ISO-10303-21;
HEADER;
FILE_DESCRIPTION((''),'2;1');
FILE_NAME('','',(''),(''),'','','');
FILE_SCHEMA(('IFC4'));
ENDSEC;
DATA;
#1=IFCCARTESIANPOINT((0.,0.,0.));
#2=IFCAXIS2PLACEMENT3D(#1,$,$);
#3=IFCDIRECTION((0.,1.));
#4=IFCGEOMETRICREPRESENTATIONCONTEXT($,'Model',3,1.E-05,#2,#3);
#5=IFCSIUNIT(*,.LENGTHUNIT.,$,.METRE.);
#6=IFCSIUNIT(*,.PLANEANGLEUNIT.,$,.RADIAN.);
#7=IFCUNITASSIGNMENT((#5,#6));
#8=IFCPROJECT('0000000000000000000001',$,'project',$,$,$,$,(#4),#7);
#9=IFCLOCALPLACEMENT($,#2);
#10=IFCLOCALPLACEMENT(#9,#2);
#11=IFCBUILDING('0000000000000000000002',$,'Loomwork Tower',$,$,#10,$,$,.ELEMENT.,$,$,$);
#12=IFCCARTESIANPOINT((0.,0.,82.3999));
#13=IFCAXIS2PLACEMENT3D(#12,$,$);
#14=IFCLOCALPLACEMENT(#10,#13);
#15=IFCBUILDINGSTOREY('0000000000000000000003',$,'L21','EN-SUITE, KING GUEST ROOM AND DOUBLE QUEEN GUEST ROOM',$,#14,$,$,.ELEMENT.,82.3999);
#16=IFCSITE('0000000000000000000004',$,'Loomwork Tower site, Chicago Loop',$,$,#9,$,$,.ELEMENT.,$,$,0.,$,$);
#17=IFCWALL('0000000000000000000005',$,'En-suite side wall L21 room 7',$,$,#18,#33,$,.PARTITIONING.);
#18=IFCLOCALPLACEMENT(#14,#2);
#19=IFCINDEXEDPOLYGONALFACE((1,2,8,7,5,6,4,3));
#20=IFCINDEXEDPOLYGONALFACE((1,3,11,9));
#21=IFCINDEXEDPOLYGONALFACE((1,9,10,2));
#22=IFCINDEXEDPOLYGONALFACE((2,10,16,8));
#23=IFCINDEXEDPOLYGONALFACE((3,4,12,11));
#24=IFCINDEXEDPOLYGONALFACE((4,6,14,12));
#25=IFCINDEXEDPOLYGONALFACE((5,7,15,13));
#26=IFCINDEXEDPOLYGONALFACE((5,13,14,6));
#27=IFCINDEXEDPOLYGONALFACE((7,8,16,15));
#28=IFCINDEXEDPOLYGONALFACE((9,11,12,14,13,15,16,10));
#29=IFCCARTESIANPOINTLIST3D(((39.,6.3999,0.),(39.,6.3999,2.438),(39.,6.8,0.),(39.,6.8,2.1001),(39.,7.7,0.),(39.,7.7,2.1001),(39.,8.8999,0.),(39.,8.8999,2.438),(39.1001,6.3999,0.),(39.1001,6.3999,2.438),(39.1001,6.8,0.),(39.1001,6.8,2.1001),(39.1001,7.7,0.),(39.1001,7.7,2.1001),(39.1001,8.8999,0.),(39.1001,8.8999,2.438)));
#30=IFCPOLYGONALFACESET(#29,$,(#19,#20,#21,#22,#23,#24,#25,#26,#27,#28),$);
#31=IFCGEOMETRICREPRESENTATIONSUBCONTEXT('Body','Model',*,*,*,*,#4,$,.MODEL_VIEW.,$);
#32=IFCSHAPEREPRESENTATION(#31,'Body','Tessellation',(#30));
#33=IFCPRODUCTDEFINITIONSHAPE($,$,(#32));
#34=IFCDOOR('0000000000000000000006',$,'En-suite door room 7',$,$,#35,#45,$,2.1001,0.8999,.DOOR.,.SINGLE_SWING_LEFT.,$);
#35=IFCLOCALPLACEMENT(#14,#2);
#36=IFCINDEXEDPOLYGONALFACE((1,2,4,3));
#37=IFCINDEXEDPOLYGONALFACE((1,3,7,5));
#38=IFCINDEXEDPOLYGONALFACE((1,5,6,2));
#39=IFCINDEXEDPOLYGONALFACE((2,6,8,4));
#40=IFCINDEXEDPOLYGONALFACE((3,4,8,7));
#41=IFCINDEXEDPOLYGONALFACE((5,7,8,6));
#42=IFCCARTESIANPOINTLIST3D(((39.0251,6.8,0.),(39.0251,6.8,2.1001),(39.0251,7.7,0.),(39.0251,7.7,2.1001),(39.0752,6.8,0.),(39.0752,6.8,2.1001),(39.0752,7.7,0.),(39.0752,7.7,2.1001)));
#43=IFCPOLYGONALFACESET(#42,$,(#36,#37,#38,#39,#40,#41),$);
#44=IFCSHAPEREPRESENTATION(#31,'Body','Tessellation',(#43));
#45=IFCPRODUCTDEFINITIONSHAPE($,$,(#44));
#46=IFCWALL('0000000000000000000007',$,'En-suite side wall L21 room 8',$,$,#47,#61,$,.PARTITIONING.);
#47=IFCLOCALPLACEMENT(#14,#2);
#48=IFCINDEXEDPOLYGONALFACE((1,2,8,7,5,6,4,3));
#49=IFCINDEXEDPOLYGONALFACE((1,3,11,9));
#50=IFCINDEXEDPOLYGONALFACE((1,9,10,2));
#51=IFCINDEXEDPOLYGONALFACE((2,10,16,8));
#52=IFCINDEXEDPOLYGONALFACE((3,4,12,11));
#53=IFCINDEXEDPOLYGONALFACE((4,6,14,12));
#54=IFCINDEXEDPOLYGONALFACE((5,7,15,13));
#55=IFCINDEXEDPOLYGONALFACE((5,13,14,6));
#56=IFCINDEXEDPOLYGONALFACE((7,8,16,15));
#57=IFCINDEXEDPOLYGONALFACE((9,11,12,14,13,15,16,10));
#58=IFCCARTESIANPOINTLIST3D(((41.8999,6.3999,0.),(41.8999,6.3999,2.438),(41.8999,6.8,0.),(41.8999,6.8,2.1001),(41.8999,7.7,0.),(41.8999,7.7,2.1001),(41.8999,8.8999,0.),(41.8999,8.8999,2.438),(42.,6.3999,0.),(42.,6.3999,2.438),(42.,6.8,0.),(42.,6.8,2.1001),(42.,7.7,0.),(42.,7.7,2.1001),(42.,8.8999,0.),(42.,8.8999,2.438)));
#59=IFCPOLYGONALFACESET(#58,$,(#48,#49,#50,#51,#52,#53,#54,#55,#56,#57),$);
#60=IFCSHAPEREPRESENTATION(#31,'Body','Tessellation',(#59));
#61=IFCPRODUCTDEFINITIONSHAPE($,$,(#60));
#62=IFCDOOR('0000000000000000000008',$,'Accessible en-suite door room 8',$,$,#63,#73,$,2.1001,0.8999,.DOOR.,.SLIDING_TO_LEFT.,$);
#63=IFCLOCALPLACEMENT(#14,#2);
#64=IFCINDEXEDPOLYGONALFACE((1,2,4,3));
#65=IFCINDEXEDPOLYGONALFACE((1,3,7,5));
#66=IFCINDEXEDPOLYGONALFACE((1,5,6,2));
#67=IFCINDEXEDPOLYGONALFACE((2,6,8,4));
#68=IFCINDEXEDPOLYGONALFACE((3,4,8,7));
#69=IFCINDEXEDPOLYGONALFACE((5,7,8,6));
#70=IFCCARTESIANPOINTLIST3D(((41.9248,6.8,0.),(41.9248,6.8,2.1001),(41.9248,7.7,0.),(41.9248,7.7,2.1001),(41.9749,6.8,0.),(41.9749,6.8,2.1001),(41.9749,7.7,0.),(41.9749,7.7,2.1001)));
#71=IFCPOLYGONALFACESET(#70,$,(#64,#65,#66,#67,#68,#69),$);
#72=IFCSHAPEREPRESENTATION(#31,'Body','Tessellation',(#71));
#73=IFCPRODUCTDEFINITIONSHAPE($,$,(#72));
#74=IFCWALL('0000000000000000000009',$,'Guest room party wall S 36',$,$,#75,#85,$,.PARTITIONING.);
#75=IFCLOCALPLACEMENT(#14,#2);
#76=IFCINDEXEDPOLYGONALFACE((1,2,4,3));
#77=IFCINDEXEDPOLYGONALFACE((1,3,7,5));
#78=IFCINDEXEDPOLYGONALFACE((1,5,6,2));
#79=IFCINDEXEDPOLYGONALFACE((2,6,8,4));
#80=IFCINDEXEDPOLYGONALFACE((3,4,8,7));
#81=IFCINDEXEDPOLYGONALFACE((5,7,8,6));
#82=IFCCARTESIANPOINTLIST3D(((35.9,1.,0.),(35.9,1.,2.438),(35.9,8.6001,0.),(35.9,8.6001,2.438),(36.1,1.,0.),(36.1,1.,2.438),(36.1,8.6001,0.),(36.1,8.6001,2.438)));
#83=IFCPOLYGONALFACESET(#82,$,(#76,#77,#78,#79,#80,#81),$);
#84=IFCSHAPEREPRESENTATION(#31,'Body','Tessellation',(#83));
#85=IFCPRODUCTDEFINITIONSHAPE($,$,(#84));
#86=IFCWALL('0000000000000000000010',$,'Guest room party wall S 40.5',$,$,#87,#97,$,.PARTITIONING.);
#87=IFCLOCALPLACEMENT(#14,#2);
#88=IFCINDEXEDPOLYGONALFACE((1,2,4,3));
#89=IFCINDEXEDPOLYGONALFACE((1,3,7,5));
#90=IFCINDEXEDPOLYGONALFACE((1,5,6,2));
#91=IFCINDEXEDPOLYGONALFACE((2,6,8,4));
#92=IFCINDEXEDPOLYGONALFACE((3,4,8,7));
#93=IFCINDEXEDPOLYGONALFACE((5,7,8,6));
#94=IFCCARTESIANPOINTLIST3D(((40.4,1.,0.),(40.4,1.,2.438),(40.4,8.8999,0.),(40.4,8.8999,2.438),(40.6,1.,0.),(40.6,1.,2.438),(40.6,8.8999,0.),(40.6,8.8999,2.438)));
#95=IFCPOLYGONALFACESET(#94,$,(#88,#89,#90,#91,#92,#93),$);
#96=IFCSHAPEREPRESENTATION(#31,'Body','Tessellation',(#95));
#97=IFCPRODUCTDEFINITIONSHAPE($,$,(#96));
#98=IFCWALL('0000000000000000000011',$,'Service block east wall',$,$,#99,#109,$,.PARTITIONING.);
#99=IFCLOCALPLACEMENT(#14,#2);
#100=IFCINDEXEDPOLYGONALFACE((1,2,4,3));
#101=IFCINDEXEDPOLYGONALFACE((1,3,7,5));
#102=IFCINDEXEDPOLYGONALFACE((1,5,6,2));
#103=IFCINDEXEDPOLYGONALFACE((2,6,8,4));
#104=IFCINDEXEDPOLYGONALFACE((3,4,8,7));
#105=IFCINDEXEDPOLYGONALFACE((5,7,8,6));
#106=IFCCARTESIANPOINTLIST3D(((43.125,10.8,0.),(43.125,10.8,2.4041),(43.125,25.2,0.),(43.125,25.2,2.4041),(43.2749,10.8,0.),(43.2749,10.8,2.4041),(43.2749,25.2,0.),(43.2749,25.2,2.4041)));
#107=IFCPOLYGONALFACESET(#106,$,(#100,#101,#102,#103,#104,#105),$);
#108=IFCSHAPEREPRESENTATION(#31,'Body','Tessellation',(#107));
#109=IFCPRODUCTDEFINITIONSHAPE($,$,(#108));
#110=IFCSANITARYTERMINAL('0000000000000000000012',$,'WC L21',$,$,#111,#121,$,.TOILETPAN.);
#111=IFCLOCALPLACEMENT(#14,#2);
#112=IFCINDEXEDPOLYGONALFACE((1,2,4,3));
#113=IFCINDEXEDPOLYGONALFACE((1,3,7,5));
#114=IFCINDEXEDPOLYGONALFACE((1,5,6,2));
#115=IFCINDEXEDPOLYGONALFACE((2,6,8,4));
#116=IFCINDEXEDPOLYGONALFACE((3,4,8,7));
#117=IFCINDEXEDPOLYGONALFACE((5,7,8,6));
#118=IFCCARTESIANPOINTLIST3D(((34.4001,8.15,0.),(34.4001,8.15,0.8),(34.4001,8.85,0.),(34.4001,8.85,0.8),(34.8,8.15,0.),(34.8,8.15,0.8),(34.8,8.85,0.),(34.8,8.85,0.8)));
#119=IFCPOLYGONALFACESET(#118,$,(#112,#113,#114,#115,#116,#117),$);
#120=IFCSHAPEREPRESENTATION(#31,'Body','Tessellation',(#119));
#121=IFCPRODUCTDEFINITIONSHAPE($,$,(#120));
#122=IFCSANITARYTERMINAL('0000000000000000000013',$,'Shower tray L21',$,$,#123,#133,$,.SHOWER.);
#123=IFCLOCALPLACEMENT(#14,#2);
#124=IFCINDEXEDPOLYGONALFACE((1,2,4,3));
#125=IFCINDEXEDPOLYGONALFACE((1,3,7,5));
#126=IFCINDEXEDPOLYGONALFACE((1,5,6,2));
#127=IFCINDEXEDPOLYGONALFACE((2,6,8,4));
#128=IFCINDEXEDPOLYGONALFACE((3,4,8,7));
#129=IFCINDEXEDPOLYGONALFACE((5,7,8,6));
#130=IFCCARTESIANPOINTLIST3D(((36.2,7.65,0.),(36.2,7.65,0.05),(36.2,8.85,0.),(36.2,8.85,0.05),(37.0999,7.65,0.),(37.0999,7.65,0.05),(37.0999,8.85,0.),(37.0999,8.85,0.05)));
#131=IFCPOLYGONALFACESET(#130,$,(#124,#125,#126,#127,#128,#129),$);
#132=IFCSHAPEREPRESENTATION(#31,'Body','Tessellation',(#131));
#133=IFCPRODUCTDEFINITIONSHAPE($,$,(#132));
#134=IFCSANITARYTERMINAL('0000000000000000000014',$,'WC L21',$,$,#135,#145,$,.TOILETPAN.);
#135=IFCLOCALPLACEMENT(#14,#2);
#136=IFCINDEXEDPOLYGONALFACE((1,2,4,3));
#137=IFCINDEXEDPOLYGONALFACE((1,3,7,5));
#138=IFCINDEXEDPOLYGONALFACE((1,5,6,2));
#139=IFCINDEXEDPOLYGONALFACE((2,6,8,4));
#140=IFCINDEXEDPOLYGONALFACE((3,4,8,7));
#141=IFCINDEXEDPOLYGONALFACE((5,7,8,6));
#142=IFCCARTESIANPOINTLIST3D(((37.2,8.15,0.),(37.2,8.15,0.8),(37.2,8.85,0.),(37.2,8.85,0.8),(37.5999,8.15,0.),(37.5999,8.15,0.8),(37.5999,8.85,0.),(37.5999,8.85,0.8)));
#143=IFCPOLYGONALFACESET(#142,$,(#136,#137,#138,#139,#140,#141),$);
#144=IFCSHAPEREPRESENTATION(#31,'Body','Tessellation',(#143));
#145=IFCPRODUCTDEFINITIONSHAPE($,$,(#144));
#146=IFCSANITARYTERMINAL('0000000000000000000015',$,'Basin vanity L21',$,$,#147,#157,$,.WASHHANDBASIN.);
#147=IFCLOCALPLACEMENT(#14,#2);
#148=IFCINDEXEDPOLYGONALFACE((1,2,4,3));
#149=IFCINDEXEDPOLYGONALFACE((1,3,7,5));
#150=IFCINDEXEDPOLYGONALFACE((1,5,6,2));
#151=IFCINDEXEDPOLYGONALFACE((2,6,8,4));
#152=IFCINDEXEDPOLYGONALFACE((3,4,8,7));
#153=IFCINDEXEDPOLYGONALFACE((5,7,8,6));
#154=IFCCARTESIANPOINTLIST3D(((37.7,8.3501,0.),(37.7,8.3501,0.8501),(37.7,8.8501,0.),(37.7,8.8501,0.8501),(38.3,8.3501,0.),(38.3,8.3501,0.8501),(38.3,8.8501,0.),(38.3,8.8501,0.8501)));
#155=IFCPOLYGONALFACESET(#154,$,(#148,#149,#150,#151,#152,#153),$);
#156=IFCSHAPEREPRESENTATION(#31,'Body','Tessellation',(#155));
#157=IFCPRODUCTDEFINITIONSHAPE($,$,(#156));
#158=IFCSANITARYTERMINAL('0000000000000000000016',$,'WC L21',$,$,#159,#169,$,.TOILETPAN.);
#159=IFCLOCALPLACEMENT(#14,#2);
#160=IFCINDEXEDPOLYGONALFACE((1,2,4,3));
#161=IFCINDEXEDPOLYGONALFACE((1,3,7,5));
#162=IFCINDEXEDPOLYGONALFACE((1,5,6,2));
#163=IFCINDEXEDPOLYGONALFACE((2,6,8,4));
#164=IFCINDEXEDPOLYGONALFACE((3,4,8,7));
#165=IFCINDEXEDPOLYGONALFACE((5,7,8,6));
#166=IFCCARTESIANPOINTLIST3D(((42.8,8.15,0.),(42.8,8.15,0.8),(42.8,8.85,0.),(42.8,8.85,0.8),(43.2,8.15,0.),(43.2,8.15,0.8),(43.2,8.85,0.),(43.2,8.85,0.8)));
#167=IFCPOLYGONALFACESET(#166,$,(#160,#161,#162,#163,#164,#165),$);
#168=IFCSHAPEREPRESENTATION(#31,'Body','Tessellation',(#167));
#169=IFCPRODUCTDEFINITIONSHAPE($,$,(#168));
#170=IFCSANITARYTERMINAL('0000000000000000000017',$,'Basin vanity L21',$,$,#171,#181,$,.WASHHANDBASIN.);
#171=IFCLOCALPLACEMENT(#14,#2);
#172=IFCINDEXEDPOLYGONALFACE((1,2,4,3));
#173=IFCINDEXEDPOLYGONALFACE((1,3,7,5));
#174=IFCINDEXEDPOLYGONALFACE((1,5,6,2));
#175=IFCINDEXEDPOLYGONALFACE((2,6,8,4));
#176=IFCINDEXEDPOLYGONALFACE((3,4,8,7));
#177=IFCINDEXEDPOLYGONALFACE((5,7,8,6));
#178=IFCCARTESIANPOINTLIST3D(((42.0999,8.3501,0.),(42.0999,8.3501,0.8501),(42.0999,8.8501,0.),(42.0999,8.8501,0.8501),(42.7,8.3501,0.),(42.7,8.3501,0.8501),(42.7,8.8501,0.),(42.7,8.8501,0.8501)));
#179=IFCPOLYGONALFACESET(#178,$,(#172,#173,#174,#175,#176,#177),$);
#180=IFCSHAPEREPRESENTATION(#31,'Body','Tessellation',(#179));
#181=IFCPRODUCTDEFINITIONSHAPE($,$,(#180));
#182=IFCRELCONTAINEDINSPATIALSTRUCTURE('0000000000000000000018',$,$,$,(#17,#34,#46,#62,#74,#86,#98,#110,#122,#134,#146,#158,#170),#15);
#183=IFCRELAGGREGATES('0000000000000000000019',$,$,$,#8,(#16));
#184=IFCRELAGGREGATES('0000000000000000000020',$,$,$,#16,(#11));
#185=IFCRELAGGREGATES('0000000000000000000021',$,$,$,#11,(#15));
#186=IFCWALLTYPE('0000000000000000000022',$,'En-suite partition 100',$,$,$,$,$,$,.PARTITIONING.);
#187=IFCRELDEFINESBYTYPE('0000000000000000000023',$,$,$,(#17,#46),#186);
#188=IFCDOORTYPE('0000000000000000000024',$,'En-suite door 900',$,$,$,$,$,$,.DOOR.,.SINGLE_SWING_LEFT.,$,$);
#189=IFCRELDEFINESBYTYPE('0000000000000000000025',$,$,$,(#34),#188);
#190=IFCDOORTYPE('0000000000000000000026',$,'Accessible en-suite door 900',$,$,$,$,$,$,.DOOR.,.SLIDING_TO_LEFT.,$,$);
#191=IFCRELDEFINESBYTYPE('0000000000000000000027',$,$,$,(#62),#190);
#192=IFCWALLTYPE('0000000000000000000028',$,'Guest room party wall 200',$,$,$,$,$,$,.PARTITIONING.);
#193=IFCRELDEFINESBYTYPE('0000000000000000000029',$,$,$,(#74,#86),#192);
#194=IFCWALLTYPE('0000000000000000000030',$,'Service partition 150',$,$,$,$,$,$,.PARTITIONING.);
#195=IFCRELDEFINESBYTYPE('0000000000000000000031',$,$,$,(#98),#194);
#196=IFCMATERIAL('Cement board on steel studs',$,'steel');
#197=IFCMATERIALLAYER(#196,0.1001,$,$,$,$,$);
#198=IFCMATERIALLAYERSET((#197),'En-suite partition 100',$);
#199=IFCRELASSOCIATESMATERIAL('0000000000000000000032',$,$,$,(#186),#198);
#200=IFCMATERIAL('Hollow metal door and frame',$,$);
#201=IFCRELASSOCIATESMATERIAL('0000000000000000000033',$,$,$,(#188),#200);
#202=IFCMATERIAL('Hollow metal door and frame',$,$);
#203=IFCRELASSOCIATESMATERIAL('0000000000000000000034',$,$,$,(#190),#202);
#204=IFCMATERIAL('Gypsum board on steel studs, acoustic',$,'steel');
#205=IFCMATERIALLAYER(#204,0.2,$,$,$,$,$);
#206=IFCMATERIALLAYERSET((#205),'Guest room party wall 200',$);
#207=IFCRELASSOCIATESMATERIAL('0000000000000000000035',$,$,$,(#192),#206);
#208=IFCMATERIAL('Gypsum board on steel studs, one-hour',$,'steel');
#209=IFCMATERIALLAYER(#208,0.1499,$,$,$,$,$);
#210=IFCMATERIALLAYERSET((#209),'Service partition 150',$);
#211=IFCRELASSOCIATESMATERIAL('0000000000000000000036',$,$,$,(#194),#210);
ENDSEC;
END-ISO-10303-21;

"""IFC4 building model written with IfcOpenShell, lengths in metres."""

from ifc_helpers import new_model, si_unit, direction, frame, frame_2d, origin, origin_2d, place, context, subcontext, project, spatial, rectangle, extrude, material, layer, layer_set, type_object, element, fill, save


model = new_model("IFC4")

# Units and contexts
model_context = context("Model", 3, precision=1e-05, world=origin(), true_north=direction((0.0, 1.0)))
body_context = subcontext(model_context, "Body", "Model", "MODEL_VIEW")
ifc_project = project(units=[si_unit("LENGTHUNIT", "METRE"), si_unit("PLANEANGLEUNIT", "RADIAN")], contexts=[model_context])

# Site, building, storey
site_placement = place(None, origin())
site = spatial("IfcSite", under=ifc_project, at=site_placement, Name="Loomwork Tower site, Chicago Loop", CompositionType="ELEMENT", RefElevation=0.0)
building_placement = place(site_placement, origin())
building = spatial("IfcBuilding", under=site, at=building_placement, Name="Loomwork Tower", CompositionType="ELEMENT")
storey_placement = place(building_placement, frame((0.0, 0.0, 82.3999)))
storey = spatial("IfcBuildingStorey", under=building, at=storey_placement, Name="L21", Description="EN-SUITE, KING GUEST ROOM AND DOUBLE QUEEN GUEST ROOM", CompositionType="ELEMENT", Elevation=82.3999)

# Walls, openings, doors
ifc_material_1 = material(Name="Cement board on steel studs", Category="steel")
ifc_layer_1 = layer(ifc_material_1, 0.1001)
ifc_layer_set_1 = layer_set([ifc_layer_1], Name="En-suite partition 100")
wall_type_1 = type_object("IfcWallType", Name="En-suite partition 100", PredefinedType="PARTITIONING", material=ifc_layer_set_1)
wall_1_placement = place(storey_placement, frame((39.05, 8.8999, 0.0), z_axis=(0.0, 0.0, 1.0), x_axis=(0.0, -1.0, 0.0)))
wall_1 = element("IfcWall", 1, at=wall_1_placement, inside=storey, type_object=wall_type_1, Name="En-suite side wall L21 room 7", PredefinedType="PARTITIONING", context=body_context, shape_type="SweptSolid", body=[
    extrude(rectangle(XDim=2.5, YDim=0.1001, at=frame_2d((1.25, 0.0))), origin(), (0.0, 0.0, 1.0), 2.438),
])
opening_1_placement = place(wall_1_placement, frame((1.2, 0.0, 0.0)))
opening_1 = element("IfcOpeningElement", 2, at=opening_1_placement, cuts=wall_1, PredefinedType="OPENING", context=body_context, shape_type="SweptSolid", body=[
    extrude(rectangle(XDim=0.8999, YDim=2.1001, at=frame_2d((0.45, 1.05))), frame((0.0, 0.0601, 0.0), z_axis=(0.0, -1.0, 0.0), x_axis=(1.0, 0.0, 0.0)), (0.0, 0.0, 1.0), 0.1201),
])
ifc_material_2 = material(Name="Hollow metal door and frame")
door_type_1 = type_object("IfcDoorType", Name="En-suite door 900", OperationType="SINGLE_SWING_LEFT", PredefinedType="DOOR", material=ifc_material_2)
door_1_placement = place(opening_1_placement, frame((0.8999, 0.0, 0.0), z_axis=(0.0, 0.0, 1.0), x_axis=(-1.0, 0.0, 0.0)))
door_1 = element("IfcDoor", 3, at=door_1_placement, inside=storey, type_object=door_type_1, Name="En-suite door room 7", OperationType="SINGLE_SWING_LEFT", OverallHeight=2.1001, OverallWidth=0.8999, PredefinedType="DOOR", context=body_context, shape_type="SweptSolid", body=[
    extrude(rectangle(XDim=0.8999, YDim=2.1001, at=frame_2d((0.45, 1.05))), frame((0.0, 0.0249, 0.0), z_axis=(0.0, -1.0, 0.0), x_axis=(1.0, 0.0, 0.0)), (0.0, 0.0, 1.0), 0.05),
])
fill(opening_1, door_1)
wall_2_placement = place(storey_placement, frame((41.95, 8.8999, 0.0), z_axis=(0.0, 0.0, 1.0), x_axis=(0.0, -1.0, 0.0)))
wall_2 = element("IfcWall", 4, at=wall_2_placement, inside=storey, type_object=wall_type_1, Name="En-suite side wall L21 room 8", PredefinedType="PARTITIONING", context=body_context, shape_type="SweptSolid", body=[
    extrude(rectangle(XDim=2.5, YDim=0.1001, at=frame_2d((1.25, 0.0))), origin(), (0.0, 0.0, 1.0), 2.438),
])
opening_2_placement = place(wall_2_placement, frame((1.2, 0.0, 0.0)))
opening_2 = element("IfcOpeningElement", 5, at=opening_2_placement, cuts=wall_2, PredefinedType="OPENING", context=body_context, shape_type="SweptSolid", body=[
    extrude(rectangle(XDim=0.8999, YDim=2.1001, at=frame_2d((0.45, 1.05))), frame((0.0, 0.0601, 0.0), z_axis=(0.0, -1.0, 0.0), x_axis=(1.0, 0.0, 0.0)), (0.0, 0.0, 1.0), 0.1201),
])
ifc_material_3 = material(Name="Hollow metal door and frame")
door_type_2 = type_object("IfcDoorType", Name="Accessible en-suite door 900", OperationType="SLIDING_TO_LEFT", PredefinedType="DOOR", material=ifc_material_3)
door_2_placement = place(opening_2_placement, origin())
door_2 = element("IfcDoor", 6, at=door_2_placement, inside=storey, type_object=door_type_2, Name="Accessible en-suite door room 8", OperationType="SLIDING_TO_LEFT", OverallHeight=2.1001, OverallWidth=0.8999, PredefinedType="DOOR", context=body_context, shape_type="SweptSolid", body=[
    extrude(rectangle(XDim=0.8999, YDim=2.1001, at=frame_2d((0.45, 1.05))), frame((0.0, 0.0249, 0.0), z_axis=(0.0, -1.0, 0.0), x_axis=(1.0, 0.0, 0.0)), (0.0, 0.0, 1.0), 0.05),
])
fill(opening_2, door_2)

# Walls
ifc_material_4 = material(Name="Gypsum board on steel studs, acoustic", Category="steel")
ifc_layer_2 = layer(ifc_material_4, 0.2)
ifc_layer_set_2 = layer_set([ifc_layer_2], Name="Guest room party wall 200")
wall_type_2 = type_object("IfcWallType", Name="Guest room party wall 200", PredefinedType="PARTITIONING", material=ifc_layer_set_2)
wall_3_placement = place(storey_placement, frame((36.0, 8.6001, 0.0), z_axis=(0.0, 0.0, 1.0), x_axis=(0.0, -1.0, 0.0)))
element("IfcWall", 7, at=wall_3_placement, inside=storey, type_object=wall_type_2, Name="Guest room party wall S 36", PredefinedType="PARTITIONING", context=body_context, shape_type="SweptSolid", body=[
    extrude(rectangle(XDim=7.6001, YDim=0.2, at=frame_2d((3.8, 0.0))), origin(), (0.0, 0.0, 1.0), 2.438),
])
wall_4_placement = place(storey_placement, frame((40.5, 8.8999, 0.0), z_axis=(0.0, 0.0, 1.0), x_axis=(0.0, -1.0, 0.0)))
element("IfcWall", 8, at=wall_4_placement, inside=storey, type_object=wall_type_2, Name="Guest room party wall S 40.5", PredefinedType="PARTITIONING", context=body_context, shape_type="SweptSolid", body=[
    extrude(rectangle(XDim=7.8999, YDim=0.2, at=frame_2d((3.95, 0.0))), origin(), (0.0, 0.0, 1.0), 2.438),
])
ifc_material_5 = material(Name="Gypsum board on steel studs, one-hour", Category="steel")
ifc_layer_3 = layer(ifc_material_5, 0.1499)
ifc_layer_set_3 = layer_set([ifc_layer_3], Name="Service partition 150")
wall_type_3 = type_object("IfcWallType", Name="Service partition 150", PredefinedType="PARTITIONING", material=ifc_layer_set_3)
wall_5_placement = place(storey_placement, frame((43.2, 10.8, 0.0), z_axis=(0.0, 0.0, 1.0), x_axis=(0.0, 1.0, 0.0)))
element("IfcWall", 9, at=wall_5_placement, inside=storey, type_object=wall_type_3, Name="Service block east wall", PredefinedType="PARTITIONING", context=body_context, shape_type="SweptSolid", body=[
    extrude(rectangle(XDim=14.3999, YDim=0.1499, at=frame_2d((7.2, 0.0))), origin(), (0.0, 0.0, 1.0), 2.4041),
])

# Sanitary terminals
sanitary_terminal_1_placement = place(storey_placement, frame((34.6001, 8.5, 0.0), z_axis=(0.0, 0.0, 1.0), x_axis=(1.0, 0.0, 0.0)))
element("IfcSanitaryTerminal", 10, at=sanitary_terminal_1_placement, inside=storey, Name="WC L21", PredefinedType="TOILETPAN", context=body_context, shape_type="SweptSolid", body=[
    extrude(rectangle(XDim=0.3999, YDim=0.7, at=origin_2d()), origin(), (0.0, 0.0, 1.0), 0.8),
])
sanitary_terminal_2_placement = place(storey_placement, frame((36.6499, 8.25, 0.0), z_axis=(0.0, 0.0, 1.0), x_axis=(1.0, 0.0, 0.0)))
element("IfcSanitaryTerminal", 11, at=sanitary_terminal_2_placement, inside=storey, Name="Shower tray L21", PredefinedType="SHOWER", context=body_context, shape_type="SweptSolid", body=[
    extrude(rectangle(XDim=0.8999, YDim=1.2, at=origin_2d()), origin(), (0.0, 0.0, 1.0), 0.05),
])
sanitary_terminal_3_placement = place(storey_placement, frame((37.3999, 8.5, 0.0), z_axis=(0.0, 0.0, 1.0), x_axis=(1.0, 0.0, 0.0)))
element("IfcSanitaryTerminal", 12, at=sanitary_terminal_3_placement, inside=storey, Name="WC L21", PredefinedType="TOILETPAN", context=body_context, shape_type="SweptSolid", body=[
    extrude(rectangle(XDim=0.3999, YDim=0.7, at=origin_2d()), origin(), (0.0, 0.0, 1.0), 0.8),
])
sanitary_terminal_4_placement = place(storey_placement, frame((38.0, 8.6001, 0.0), z_axis=(0.0, 0.0, 1.0), x_axis=(1.0, 0.0, 0.0)))
element("IfcSanitaryTerminal", 13, at=sanitary_terminal_4_placement, inside=storey, Name="Basin vanity L21", PredefinedType="WASHHANDBASIN", context=body_context, shape_type="SweptSolid", body=[
    extrude(rectangle(XDim=0.6001, YDim=0.5, at=origin_2d()), origin(), (0.0, 0.0, 1.0), 0.8501),
])
sanitary_terminal_5_placement = place(storey_placement, frame((43.0, 8.5, 0.0), z_axis=(0.0, 0.0, 1.0), x_axis=(1.0, 0.0, 0.0)))
element("IfcSanitaryTerminal", 14, at=sanitary_terminal_5_placement, inside=storey, Name="WC L21", PredefinedType="TOILETPAN", context=body_context, shape_type="SweptSolid", body=[
    extrude(rectangle(XDim=0.3999, YDim=0.7, at=origin_2d()), origin(), (0.0, 0.0, 1.0), 0.8),
])
sanitary_terminal_6_placement = place(storey_placement, frame((42.3999, 8.6001, 0.0), z_axis=(0.0, 0.0, 1.0), x_axis=(1.0, 0.0, 0.0)))
element("IfcSanitaryTerminal", 15, at=sanitary_terminal_6_placement, inside=storey, Name="Basin vanity L21", PredefinedType="WASHHANDBASIN", context=body_context, shape_type="SweptSolid", body=[
    extrude(rectangle(XDim=0.6001, YDim=0.5, at=origin_2d()), origin(), (0.0, 0.0, 1.0), 0.8501),
])

save(model, "model.ifc")
